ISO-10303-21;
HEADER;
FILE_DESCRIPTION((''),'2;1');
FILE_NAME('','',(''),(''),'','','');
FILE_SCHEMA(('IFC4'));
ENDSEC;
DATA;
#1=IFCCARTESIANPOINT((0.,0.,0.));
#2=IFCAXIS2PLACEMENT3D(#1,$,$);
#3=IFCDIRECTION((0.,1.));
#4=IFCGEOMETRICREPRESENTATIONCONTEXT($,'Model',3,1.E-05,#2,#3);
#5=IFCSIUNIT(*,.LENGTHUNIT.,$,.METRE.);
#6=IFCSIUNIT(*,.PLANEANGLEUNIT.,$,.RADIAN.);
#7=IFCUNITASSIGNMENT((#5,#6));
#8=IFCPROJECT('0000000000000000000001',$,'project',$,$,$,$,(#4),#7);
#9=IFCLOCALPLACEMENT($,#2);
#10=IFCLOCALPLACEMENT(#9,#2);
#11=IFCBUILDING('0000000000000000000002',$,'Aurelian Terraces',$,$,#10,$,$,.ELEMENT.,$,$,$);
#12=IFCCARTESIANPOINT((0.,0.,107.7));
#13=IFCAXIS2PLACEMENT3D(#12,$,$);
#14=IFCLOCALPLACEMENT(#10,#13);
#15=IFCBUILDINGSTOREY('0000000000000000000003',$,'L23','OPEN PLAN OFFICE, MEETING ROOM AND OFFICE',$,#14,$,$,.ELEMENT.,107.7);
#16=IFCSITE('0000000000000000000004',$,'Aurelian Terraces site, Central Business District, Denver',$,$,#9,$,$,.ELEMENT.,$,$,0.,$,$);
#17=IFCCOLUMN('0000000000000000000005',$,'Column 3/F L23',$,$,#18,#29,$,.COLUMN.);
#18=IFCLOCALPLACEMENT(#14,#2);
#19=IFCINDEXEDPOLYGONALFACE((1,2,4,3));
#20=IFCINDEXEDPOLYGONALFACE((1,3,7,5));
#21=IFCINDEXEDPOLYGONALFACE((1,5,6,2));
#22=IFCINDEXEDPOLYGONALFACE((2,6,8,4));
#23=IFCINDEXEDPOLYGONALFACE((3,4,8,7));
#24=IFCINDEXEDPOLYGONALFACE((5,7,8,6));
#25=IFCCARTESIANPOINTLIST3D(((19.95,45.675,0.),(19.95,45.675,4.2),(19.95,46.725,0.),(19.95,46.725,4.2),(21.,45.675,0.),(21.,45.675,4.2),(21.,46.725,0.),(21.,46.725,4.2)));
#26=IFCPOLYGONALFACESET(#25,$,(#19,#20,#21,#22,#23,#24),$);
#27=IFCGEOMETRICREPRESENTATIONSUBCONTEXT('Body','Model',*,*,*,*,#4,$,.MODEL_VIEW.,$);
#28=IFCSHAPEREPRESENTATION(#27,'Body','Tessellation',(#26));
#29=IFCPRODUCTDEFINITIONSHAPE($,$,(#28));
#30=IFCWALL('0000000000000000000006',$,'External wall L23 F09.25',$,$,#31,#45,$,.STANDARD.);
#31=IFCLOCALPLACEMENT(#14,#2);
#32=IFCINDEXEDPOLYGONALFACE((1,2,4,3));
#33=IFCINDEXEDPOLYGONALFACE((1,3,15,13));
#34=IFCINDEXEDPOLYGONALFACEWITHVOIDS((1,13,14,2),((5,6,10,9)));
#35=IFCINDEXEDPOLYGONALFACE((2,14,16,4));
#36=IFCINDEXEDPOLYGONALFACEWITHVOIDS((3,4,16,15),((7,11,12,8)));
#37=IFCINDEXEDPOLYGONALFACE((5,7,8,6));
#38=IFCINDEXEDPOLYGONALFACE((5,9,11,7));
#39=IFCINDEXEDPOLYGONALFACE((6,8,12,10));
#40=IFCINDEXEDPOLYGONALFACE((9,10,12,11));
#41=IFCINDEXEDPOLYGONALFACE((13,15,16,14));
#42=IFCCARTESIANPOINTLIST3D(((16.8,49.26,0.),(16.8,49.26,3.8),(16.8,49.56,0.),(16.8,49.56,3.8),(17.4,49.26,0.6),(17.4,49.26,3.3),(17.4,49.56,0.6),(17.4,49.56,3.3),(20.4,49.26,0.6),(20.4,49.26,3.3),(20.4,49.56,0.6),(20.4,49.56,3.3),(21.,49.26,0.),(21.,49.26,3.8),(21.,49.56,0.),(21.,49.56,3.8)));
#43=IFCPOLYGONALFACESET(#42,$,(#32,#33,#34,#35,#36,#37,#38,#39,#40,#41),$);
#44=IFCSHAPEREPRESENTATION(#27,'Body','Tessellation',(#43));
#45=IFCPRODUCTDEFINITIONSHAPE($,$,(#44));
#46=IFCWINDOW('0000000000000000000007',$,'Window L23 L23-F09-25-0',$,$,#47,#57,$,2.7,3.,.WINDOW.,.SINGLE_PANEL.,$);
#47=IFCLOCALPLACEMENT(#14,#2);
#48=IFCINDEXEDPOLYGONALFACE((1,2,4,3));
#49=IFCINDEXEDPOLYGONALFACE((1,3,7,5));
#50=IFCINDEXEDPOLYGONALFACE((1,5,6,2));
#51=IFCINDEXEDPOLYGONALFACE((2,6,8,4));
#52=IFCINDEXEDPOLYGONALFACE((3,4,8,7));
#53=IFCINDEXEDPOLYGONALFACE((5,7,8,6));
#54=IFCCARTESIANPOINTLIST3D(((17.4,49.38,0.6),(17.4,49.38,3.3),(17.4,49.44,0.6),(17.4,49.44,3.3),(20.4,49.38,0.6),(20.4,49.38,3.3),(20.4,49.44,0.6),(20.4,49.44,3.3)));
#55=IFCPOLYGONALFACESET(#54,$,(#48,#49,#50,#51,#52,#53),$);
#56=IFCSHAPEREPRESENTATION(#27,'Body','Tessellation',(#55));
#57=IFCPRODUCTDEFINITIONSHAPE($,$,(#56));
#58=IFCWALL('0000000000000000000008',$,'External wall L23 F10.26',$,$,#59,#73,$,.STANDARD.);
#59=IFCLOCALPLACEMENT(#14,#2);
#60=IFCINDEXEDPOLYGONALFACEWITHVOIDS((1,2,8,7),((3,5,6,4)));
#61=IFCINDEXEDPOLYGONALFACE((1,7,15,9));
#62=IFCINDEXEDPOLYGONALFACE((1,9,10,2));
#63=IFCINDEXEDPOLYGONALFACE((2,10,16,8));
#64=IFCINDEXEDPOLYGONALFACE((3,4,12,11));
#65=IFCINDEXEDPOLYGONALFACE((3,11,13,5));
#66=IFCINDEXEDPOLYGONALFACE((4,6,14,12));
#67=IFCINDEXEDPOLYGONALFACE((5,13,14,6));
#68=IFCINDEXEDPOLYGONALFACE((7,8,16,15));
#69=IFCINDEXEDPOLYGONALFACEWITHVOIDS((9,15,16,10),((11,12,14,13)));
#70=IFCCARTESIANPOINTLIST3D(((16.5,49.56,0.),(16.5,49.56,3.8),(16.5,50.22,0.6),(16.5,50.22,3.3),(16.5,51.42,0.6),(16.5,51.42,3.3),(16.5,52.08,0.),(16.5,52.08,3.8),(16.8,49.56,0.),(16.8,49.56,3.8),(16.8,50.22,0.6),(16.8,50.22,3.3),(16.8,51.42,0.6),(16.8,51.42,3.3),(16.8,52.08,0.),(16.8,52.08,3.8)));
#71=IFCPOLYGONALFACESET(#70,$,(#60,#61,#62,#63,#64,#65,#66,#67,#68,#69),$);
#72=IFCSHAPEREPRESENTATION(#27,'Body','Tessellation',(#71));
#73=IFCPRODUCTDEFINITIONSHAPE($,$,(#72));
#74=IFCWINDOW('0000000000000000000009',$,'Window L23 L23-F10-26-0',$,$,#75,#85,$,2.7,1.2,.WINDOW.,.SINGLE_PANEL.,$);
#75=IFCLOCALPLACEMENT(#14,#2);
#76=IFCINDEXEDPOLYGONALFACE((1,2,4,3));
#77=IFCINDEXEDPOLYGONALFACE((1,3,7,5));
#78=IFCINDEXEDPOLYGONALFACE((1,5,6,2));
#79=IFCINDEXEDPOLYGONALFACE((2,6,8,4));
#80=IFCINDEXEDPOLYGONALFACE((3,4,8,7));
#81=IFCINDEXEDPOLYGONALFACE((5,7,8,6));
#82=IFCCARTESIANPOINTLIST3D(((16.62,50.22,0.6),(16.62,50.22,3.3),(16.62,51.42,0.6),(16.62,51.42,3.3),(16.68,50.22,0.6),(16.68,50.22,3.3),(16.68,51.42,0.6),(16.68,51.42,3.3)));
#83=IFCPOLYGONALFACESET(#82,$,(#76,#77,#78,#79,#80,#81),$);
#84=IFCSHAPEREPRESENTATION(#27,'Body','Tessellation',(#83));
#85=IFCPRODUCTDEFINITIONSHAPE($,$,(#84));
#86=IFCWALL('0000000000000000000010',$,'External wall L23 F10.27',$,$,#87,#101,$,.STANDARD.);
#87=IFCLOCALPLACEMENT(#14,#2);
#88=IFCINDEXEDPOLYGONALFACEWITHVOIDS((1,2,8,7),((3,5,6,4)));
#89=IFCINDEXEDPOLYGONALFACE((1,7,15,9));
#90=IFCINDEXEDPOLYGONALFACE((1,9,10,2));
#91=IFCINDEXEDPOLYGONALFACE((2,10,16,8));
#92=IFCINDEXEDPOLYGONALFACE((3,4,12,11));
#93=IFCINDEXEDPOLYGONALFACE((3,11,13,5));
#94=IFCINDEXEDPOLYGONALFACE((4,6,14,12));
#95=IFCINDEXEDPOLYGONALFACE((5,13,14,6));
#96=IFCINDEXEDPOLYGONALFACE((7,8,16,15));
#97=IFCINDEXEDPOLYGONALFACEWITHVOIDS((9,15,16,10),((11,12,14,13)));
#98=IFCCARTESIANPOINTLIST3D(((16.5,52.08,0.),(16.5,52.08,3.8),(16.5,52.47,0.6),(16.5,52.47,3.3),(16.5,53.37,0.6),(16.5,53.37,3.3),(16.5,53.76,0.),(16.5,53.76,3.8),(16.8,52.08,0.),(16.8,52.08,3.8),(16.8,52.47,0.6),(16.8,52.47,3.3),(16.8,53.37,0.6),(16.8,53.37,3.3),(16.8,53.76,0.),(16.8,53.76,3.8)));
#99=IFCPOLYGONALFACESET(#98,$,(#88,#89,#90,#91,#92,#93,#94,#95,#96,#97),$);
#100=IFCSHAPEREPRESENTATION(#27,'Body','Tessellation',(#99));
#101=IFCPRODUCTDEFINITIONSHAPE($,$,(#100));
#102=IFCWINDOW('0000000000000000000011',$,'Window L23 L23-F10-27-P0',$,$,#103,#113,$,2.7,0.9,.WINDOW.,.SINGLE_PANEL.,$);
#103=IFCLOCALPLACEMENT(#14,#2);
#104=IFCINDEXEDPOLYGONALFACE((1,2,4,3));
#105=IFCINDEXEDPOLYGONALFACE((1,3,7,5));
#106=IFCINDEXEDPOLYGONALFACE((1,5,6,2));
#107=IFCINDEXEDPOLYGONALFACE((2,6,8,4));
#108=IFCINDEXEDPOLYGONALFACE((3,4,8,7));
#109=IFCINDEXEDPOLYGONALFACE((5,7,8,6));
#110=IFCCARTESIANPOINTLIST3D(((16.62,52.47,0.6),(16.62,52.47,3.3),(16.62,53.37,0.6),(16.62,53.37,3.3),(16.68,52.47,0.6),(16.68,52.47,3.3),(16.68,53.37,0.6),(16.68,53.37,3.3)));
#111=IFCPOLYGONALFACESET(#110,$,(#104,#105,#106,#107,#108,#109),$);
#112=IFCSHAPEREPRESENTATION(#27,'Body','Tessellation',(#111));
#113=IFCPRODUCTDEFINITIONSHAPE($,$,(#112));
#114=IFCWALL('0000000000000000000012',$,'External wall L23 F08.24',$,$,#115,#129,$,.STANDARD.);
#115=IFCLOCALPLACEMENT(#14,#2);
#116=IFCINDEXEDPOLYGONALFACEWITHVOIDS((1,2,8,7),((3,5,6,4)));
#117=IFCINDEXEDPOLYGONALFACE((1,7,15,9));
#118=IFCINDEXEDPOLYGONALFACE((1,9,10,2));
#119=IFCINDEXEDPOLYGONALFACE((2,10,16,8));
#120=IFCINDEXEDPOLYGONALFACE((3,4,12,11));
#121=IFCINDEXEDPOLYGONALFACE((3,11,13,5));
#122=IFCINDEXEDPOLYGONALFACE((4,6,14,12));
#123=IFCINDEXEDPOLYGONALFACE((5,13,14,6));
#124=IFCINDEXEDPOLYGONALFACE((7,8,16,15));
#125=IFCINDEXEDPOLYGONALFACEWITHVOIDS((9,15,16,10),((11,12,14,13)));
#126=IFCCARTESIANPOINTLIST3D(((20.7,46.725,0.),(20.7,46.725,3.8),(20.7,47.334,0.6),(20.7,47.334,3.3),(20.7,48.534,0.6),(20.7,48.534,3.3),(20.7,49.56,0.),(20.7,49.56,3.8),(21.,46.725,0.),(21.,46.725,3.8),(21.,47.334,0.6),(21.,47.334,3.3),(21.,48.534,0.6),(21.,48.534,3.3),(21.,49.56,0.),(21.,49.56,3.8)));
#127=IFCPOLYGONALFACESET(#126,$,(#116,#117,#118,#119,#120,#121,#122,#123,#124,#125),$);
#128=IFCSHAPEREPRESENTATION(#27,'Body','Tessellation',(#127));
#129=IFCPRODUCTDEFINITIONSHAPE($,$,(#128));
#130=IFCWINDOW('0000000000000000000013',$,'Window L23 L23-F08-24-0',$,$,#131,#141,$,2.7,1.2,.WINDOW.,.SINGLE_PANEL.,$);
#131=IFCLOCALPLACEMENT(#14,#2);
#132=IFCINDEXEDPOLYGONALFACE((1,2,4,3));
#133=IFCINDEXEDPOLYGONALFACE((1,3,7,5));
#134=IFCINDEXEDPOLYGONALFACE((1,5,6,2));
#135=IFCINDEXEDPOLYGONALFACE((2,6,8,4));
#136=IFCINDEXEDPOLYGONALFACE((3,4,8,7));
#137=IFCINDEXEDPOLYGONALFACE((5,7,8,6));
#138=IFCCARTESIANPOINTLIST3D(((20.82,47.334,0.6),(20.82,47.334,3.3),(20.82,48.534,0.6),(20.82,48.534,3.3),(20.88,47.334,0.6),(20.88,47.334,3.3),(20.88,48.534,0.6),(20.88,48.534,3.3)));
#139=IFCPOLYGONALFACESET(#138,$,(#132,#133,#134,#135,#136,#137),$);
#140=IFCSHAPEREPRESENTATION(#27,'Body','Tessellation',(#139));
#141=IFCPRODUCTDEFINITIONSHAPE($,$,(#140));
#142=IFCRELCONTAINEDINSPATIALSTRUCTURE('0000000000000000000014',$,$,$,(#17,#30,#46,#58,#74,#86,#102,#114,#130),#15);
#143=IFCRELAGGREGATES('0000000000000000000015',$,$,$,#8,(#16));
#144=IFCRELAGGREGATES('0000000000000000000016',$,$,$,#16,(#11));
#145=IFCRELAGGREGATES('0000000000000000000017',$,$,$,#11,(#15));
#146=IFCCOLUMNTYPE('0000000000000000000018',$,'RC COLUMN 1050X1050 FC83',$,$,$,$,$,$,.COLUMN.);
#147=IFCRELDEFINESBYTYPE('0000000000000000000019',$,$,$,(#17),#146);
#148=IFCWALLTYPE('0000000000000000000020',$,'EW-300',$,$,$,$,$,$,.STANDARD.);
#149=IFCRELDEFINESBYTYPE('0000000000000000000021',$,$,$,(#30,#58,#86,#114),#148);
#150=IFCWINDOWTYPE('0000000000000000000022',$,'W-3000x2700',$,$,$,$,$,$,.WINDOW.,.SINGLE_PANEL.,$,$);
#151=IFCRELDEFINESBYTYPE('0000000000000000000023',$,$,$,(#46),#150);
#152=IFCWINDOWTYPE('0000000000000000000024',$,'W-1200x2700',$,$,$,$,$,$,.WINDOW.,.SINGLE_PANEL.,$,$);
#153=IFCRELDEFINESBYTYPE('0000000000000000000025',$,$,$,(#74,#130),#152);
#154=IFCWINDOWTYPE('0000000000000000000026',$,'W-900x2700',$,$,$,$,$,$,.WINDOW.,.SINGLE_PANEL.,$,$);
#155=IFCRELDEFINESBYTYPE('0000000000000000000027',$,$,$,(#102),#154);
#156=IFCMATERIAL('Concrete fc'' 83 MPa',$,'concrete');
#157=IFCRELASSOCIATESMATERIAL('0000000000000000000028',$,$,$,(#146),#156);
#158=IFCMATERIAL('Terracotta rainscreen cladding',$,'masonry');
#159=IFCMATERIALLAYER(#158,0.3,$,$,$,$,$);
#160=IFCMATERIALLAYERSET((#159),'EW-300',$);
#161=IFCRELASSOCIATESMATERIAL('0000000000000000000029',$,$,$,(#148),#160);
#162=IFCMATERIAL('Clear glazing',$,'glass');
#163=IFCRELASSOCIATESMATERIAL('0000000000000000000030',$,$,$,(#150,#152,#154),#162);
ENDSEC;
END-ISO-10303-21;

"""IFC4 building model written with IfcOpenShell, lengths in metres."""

from ifc_helpers import new_model, si_unit, direction, frame, frame_2d, origin, origin_2d, place, context, subcontext, project, spatial, rectangle, extrude, source, transform, mapped, material, layer, layer_set, material_profile, profile_set, type_object, element, fill, save


model = new_model("IFC4")

# Units and contexts
model_context = context("Model", 3, precision=1e-05, world=origin(), true_north=direction((0.0, 1.0)))
body_context = subcontext(model_context, "Body", "Model", "MODEL_VIEW")
ifc_project = project(units=[si_unit("LENGTHUNIT", "METRE"), si_unit("PLANEANGLEUNIT", "RADIAN")], contexts=[model_context])

# Site, building, storey
site_placement = place(None, origin())
site = spatial("IfcSite", under=ifc_project, at=site_placement, Name="Aurelian Terraces site, Central Business District, Denver", CompositionType="ELEMENT", RefElevation=0.0)
building_placement = place(site_placement, origin())
building = spatial("IfcBuilding", under=site, at=building_placement, Name="Aurelian Terraces", CompositionType="ELEMENT")
storey_placement = place(building_placement, frame((0.0, 0.0, 107.7)))
storey = spatial("IfcBuildingStorey", under=building, at=storey_placement, Name="L23", Description="OPEN PLAN OFFICE, MEETING ROOM AND OFFICE", CompositionType="ELEMENT", Elevation=107.7)

# Column
ifc_material_1 = material(Name="Concrete fc' 83 MPa", Category="concrete")
ifc_material_profile = material_profile(ifc_material_1, rectangle(XDim=1.05, YDim=1.05, at=origin_2d()))
ifc_profile_set = profile_set([ifc_material_profile], Name="Concrete fc' 83 MPa")
column_type = type_object("IfcColumnType", Name="RC COLUMN 1050X1050 FC83", PredefinedType="COLUMN", material=ifc_profile_set)
shared_shape_1 = source(origin(), body_context, "Body", "SweptSolid", [
    extrude(rectangle(XDim=1.05, YDim=1.05, at=origin_2d()), origin(), (0.0, 0.0, 1.0), 4.2),
])
column_placement = place(storey_placement, frame((20.475, 46.2, 0.0), z_axis=(0.0, 0.0, 1.0), x_axis=(1.0, 0.0, 0.0)))
element("IfcColumn", 1, at=column_placement, inside=storey, type_object=column_type, Name="Column 3/F L23", PredefinedType="COLUMN", context=body_context, shape_type="MappedRepresentation", body=[
    mapped(shared_shape_1, transform((0.0, 0.0, 0.0), scale=1.0)),
])

# Walls, openings, windows
ifc_material_2 = material(Name="Terracotta rainscreen cladding", Category="masonry")
ifc_layer_1 = layer(ifc_material_2, 0.3)
ifc_layer_set_1 = layer_set([ifc_layer_1], Name="EW-300")
wall_type_1 = type_object("IfcWallType", Name="EW-300", PredefinedType="STANDARD", material=ifc_layer_set_1)
shared_shape_2 = source(origin(), body_context, "Body", "SweptSolid", [
    extrude(rectangle(XDim=4.2, YDim=0.3, at=frame_2d((2.1, 0.0))), origin(), (0.0, 0.0, 1.0), 3.8),
])
wall_1_placement = place(storey_placement, frame((21.0, 49.41, 0.0), z_axis=(0.0, 0.0, 1.0), x_axis=(-1.0, 0.0, 0.0)))
wall_1 = element("IfcWall", 2, at=wall_1_placement, inside=storey, type_object=wall_type_1, Name="External wall L23 F09.25", PredefinedType="STANDARD", context=body_context, shape_type="MappedRepresentation", body=[
    mapped(shared_shape_2, transform((0.0, 0.0, 0.0), scale=1.0)),
])
shared_shape_3 = source(origin(), body_context, "Body", "SweptSolid", [
    extrude(rectangle(XDim=3.0, YDim=2.7, at=frame_2d((1.5, 1.35))), frame((0.0, 0.16, 0.0), z_axis=(0.0, -1.0, 0.0), x_axis=(1.0, 0.0, 0.0)), (0.0, 0.0, 1.0), 0.32),
])
opening_1_placement = place(wall_1_placement, frame((0.6, 0.0, 0.6)))
opening_1 = element("IfcOpeningElement", 3, at=opening_1_placement, cuts=wall_1, PredefinedType="OPENING", context=body_context, shape_type="MappedRepresentation", body=[
    mapped(shared_shape_3, transform((0.0, 0.0, 0.0), scale=1.0)),
])
ifc_material_3 = material(Name="Clear glazing", Category="glass")
window_type_1 = type_object("IfcWindowType", Name="W-3000x2700", PartitioningType="SINGLE_PANEL", PredefinedType="WINDOW", material=ifc_material_3)
shared_shape_4 = source(origin(), body_context, "Body", "SweptSolid", [
    extrude(rectangle(XDim=3.0, YDim=2.7, at=frame_2d((1.5, 1.35))), frame((0.0, 0.03, 0.0), z_axis=(0.0, -1.0, 0.0), x_axis=(1.0, 0.0, 0.0)), (0.0, 0.0, 1.0), 0.06),
])
window_1_placement = place(opening_1_placement, origin())
window_1 = element("IfcWindow", 4, at=window_1_placement, inside=storey, type_object=window_type_1, Name="Window L23 L23-F09-25-0", OverallHeight=2.7, OverallWidth=3.0, PartitioningType="SINGLE_PANEL", PredefinedType="WINDOW", context=body_context, shape_type="MappedRepresentation", body=[
    mapped(shared_shape_4, transform((0.0, 0.0, 0.0), scale=1.0)),
])
fill(opening_1, window_1)
shared_shape_5 = source(origin(), body_context, "Body", "SweptSolid", [
    extrude(rectangle(XDim=2.52, YDim=0.3, at=frame_2d((1.26, 0.0))), origin(), (0.0, 0.0, 1.0), 3.8),
])
wall_2_placement = place(storey_placement, frame((16.65, 49.56, 0.0), z_axis=(0.0, 0.0, 1.0), x_axis=(0.0, 1.0, 0.0)))
wall_2 = element("IfcWall", 5, at=wall_2_placement, inside=storey, type_object=wall_type_1, Name="External wall L23 F10.26", PredefinedType="STANDARD", context=body_context, shape_type="MappedRepresentation", body=[
    mapped(shared_shape_5, transform((0.0, 0.0, 0.0), scale=1.0)),
])
shared_shape_6 = source(origin(), body_context, "Body", "SweptSolid", [
    extrude(rectangle(XDim=1.2, YDim=2.7, at=frame_2d((0.6, 1.35))), frame((0.0, 0.16, 0.0), z_axis=(0.0, -1.0, 0.0), x_axis=(1.0, 0.0, 0.0)), (0.0, 0.0, 1.0), 0.32),
])
opening_2_placement = place(wall_2_placement, frame((0.66, 0.0, 0.6)))
opening_2 = element("IfcOpeningElement", 6, at=opening_2_placement, cuts=wall_2, PredefinedType="OPENING", context=body_context, shape_type="MappedRepresentation", body=[
    mapped(shared_shape_6, transform((0.0, 0.0, 0.0), scale=1.0)),
])
window_type_2 = type_object("IfcWindowType", Name="W-1200x2700", PartitioningType="SINGLE_PANEL", PredefinedType="WINDOW", material=ifc_material_3)
shared_shape_7 = source(origin(), body_context, "Body", "SweptSolid", [
    extrude(rectangle(XDim=1.2, YDim=2.7, at=frame_2d((0.6, 1.35))), frame((0.0, 0.03, 0.0), z_axis=(0.0, -1.0, 0.0), x_axis=(1.0, 0.0, 0.0)), (0.0, 0.0, 1.0), 0.06),
])
window_2_placement = place(opening_2_placement, origin())
window_2 = element("IfcWindow", 7, at=window_2_placement, inside=storey, type_object=window_type_2, Name="Window L23 L23-F10-26-0", OverallHeight=2.7, OverallWidth=1.2, PartitioningType="SINGLE_PANEL", PredefinedType="WINDOW", context=body_context, shape_type="MappedRepresentation", body=[
    mapped(shared_shape_7, transform((0.0, 0.0, 0.0), scale=1.0)),
])
fill(opening_2, window_2)
shared_shape_8 = source(origin(), body_context, "Body", "SweptSolid", [
    extrude(rectangle(XDim=1.68, YDim=0.3, at=frame_2d((0.84, 0.0))), origin(), (0.0, 0.0, 1.0), 3.8),
])
wall_3_placement = place(storey_placement, frame((16.65, 52.08, 0.0), z_axis=(0.0, 0.0, 1.0), x_axis=(0.0, 1.0, 0.0)))
wall_3 = element("IfcWall", 8, at=wall_3_placement, inside=storey, type_object=wall_type_1, Name="External wall L23 F10.27", PredefinedType="STANDARD", context=body_context, shape_type="MappedRepresentation", body=[
    mapped(shared_shape_8, transform((0.0, 0.0, 0.0), scale=1.0)),
])
shared_shape_9 = source(origin(), body_context, "Body", "SweptSolid", [
    extrude(rectangle(XDim=0.9, YDim=2.7, at=frame_2d((0.45, 1.35))), frame((0.0, 0.16, 0.0), z_axis=(0.0, -1.0, 0.0), x_axis=(1.0, 0.0, 0.0)), (0.0, 0.0, 1.0), 0.32),
])
opening_3_placement = place(wall_3_placement, frame((0.39, 0.0, 0.6)))
opening_3 = element("IfcOpeningElement", 9, at=opening_3_placement, cuts=wall_3, PredefinedType="OPENING", context=body_context, shape_type="MappedRepresentation", body=[
    mapped(shared_shape_9, transform((0.0, 0.0, 0.0), scale=1.0)),
])
window_type_3 = type_object("IfcWindowType", Name="W-900x2700", PartitioningType="SINGLE_PANEL", PredefinedType="WINDOW", material=ifc_material_3)
shared_shape_10 = source(origin(), body_context, "Body", "SweptSolid", [
    extrude(rectangle(XDim=0.9, YDim=2.7, at=frame_2d((0.45, 1.35))), frame((0.0, 0.03, 0.0), z_axis=(0.0, -1.0, 0.0), x_axis=(1.0, 0.0, 0.0)), (0.0, 0.0, 1.0), 0.06),
])
window_3_placement = place(opening_3_placement, origin())
window_3 = element("IfcWindow", 10, at=window_3_placement, inside=storey, type_object=window_type_3, Name="Window L23 L23-F10-27-P0", OverallHeight=2.7, OverallWidth=0.9, PartitioningType="SINGLE_PANEL", PredefinedType="WINDOW", context=body_context, shape_type="MappedRepresentation", body=[
    mapped(shared_shape_10, transform((0.0, 0.0, 0.0), scale=1.0)),
])
fill(opening_3, window_3)
shared_shape_11 = source(origin(), body_context, "Body", "SweptSolid", [
    extrude(rectangle(XDim=2.835, YDim=0.3, at=frame_2d((1.4175, 0.0))), origin(), (0.0, 0.0, 1.0), 3.8),
])
wall_4_placement = place(storey_placement, frame((20.85, 46.725, 0.0), z_axis=(0.0, 0.0, 1.0), x_axis=(0.0, 1.0, 0.0)))
wall_4 = element("IfcWall", 11, at=wall_4_placement, inside=storey, type_object=wall_type_1, Name="External wall L23 F08.24", PredefinedType="STANDARD", context=body_context, shape_type="MappedRepresentation", body=[
    mapped(shared_shape_11, transform((0.0, 0.0, 0.0), scale=1.0)),
])
opening_4_placement = place(wall_4_placement, frame((0.609, 0.0, 0.6)))
opening_4 = element("IfcOpeningElement", 12, at=opening_4_placement, cuts=wall_4, PredefinedType="OPENING", context=body_context, shape_type="MappedRepresentation", body=[
    mapped(shared_shape_6, transform((0.0, 0.0, 0.0), scale=1.0)),
])
window_4_placement = place(opening_4_placement, origin())
window_4 = element("IfcWindow", 13, at=window_4_placement, inside=storey, type_object=window_type_2, Name="Window L23 L23-F08-24-0", OverallHeight=2.7, OverallWidth=1.2, PartitioningType="SINGLE_PANEL", PredefinedType="WINDOW", context=body_context, shape_type="MappedRepresentation", body=[
    mapped(shared_shape_7, transform((0.0, 0.0, 0.0), scale=1.0)),
])
fill(opening_4, window_4)

save(model, "model.ifc")
